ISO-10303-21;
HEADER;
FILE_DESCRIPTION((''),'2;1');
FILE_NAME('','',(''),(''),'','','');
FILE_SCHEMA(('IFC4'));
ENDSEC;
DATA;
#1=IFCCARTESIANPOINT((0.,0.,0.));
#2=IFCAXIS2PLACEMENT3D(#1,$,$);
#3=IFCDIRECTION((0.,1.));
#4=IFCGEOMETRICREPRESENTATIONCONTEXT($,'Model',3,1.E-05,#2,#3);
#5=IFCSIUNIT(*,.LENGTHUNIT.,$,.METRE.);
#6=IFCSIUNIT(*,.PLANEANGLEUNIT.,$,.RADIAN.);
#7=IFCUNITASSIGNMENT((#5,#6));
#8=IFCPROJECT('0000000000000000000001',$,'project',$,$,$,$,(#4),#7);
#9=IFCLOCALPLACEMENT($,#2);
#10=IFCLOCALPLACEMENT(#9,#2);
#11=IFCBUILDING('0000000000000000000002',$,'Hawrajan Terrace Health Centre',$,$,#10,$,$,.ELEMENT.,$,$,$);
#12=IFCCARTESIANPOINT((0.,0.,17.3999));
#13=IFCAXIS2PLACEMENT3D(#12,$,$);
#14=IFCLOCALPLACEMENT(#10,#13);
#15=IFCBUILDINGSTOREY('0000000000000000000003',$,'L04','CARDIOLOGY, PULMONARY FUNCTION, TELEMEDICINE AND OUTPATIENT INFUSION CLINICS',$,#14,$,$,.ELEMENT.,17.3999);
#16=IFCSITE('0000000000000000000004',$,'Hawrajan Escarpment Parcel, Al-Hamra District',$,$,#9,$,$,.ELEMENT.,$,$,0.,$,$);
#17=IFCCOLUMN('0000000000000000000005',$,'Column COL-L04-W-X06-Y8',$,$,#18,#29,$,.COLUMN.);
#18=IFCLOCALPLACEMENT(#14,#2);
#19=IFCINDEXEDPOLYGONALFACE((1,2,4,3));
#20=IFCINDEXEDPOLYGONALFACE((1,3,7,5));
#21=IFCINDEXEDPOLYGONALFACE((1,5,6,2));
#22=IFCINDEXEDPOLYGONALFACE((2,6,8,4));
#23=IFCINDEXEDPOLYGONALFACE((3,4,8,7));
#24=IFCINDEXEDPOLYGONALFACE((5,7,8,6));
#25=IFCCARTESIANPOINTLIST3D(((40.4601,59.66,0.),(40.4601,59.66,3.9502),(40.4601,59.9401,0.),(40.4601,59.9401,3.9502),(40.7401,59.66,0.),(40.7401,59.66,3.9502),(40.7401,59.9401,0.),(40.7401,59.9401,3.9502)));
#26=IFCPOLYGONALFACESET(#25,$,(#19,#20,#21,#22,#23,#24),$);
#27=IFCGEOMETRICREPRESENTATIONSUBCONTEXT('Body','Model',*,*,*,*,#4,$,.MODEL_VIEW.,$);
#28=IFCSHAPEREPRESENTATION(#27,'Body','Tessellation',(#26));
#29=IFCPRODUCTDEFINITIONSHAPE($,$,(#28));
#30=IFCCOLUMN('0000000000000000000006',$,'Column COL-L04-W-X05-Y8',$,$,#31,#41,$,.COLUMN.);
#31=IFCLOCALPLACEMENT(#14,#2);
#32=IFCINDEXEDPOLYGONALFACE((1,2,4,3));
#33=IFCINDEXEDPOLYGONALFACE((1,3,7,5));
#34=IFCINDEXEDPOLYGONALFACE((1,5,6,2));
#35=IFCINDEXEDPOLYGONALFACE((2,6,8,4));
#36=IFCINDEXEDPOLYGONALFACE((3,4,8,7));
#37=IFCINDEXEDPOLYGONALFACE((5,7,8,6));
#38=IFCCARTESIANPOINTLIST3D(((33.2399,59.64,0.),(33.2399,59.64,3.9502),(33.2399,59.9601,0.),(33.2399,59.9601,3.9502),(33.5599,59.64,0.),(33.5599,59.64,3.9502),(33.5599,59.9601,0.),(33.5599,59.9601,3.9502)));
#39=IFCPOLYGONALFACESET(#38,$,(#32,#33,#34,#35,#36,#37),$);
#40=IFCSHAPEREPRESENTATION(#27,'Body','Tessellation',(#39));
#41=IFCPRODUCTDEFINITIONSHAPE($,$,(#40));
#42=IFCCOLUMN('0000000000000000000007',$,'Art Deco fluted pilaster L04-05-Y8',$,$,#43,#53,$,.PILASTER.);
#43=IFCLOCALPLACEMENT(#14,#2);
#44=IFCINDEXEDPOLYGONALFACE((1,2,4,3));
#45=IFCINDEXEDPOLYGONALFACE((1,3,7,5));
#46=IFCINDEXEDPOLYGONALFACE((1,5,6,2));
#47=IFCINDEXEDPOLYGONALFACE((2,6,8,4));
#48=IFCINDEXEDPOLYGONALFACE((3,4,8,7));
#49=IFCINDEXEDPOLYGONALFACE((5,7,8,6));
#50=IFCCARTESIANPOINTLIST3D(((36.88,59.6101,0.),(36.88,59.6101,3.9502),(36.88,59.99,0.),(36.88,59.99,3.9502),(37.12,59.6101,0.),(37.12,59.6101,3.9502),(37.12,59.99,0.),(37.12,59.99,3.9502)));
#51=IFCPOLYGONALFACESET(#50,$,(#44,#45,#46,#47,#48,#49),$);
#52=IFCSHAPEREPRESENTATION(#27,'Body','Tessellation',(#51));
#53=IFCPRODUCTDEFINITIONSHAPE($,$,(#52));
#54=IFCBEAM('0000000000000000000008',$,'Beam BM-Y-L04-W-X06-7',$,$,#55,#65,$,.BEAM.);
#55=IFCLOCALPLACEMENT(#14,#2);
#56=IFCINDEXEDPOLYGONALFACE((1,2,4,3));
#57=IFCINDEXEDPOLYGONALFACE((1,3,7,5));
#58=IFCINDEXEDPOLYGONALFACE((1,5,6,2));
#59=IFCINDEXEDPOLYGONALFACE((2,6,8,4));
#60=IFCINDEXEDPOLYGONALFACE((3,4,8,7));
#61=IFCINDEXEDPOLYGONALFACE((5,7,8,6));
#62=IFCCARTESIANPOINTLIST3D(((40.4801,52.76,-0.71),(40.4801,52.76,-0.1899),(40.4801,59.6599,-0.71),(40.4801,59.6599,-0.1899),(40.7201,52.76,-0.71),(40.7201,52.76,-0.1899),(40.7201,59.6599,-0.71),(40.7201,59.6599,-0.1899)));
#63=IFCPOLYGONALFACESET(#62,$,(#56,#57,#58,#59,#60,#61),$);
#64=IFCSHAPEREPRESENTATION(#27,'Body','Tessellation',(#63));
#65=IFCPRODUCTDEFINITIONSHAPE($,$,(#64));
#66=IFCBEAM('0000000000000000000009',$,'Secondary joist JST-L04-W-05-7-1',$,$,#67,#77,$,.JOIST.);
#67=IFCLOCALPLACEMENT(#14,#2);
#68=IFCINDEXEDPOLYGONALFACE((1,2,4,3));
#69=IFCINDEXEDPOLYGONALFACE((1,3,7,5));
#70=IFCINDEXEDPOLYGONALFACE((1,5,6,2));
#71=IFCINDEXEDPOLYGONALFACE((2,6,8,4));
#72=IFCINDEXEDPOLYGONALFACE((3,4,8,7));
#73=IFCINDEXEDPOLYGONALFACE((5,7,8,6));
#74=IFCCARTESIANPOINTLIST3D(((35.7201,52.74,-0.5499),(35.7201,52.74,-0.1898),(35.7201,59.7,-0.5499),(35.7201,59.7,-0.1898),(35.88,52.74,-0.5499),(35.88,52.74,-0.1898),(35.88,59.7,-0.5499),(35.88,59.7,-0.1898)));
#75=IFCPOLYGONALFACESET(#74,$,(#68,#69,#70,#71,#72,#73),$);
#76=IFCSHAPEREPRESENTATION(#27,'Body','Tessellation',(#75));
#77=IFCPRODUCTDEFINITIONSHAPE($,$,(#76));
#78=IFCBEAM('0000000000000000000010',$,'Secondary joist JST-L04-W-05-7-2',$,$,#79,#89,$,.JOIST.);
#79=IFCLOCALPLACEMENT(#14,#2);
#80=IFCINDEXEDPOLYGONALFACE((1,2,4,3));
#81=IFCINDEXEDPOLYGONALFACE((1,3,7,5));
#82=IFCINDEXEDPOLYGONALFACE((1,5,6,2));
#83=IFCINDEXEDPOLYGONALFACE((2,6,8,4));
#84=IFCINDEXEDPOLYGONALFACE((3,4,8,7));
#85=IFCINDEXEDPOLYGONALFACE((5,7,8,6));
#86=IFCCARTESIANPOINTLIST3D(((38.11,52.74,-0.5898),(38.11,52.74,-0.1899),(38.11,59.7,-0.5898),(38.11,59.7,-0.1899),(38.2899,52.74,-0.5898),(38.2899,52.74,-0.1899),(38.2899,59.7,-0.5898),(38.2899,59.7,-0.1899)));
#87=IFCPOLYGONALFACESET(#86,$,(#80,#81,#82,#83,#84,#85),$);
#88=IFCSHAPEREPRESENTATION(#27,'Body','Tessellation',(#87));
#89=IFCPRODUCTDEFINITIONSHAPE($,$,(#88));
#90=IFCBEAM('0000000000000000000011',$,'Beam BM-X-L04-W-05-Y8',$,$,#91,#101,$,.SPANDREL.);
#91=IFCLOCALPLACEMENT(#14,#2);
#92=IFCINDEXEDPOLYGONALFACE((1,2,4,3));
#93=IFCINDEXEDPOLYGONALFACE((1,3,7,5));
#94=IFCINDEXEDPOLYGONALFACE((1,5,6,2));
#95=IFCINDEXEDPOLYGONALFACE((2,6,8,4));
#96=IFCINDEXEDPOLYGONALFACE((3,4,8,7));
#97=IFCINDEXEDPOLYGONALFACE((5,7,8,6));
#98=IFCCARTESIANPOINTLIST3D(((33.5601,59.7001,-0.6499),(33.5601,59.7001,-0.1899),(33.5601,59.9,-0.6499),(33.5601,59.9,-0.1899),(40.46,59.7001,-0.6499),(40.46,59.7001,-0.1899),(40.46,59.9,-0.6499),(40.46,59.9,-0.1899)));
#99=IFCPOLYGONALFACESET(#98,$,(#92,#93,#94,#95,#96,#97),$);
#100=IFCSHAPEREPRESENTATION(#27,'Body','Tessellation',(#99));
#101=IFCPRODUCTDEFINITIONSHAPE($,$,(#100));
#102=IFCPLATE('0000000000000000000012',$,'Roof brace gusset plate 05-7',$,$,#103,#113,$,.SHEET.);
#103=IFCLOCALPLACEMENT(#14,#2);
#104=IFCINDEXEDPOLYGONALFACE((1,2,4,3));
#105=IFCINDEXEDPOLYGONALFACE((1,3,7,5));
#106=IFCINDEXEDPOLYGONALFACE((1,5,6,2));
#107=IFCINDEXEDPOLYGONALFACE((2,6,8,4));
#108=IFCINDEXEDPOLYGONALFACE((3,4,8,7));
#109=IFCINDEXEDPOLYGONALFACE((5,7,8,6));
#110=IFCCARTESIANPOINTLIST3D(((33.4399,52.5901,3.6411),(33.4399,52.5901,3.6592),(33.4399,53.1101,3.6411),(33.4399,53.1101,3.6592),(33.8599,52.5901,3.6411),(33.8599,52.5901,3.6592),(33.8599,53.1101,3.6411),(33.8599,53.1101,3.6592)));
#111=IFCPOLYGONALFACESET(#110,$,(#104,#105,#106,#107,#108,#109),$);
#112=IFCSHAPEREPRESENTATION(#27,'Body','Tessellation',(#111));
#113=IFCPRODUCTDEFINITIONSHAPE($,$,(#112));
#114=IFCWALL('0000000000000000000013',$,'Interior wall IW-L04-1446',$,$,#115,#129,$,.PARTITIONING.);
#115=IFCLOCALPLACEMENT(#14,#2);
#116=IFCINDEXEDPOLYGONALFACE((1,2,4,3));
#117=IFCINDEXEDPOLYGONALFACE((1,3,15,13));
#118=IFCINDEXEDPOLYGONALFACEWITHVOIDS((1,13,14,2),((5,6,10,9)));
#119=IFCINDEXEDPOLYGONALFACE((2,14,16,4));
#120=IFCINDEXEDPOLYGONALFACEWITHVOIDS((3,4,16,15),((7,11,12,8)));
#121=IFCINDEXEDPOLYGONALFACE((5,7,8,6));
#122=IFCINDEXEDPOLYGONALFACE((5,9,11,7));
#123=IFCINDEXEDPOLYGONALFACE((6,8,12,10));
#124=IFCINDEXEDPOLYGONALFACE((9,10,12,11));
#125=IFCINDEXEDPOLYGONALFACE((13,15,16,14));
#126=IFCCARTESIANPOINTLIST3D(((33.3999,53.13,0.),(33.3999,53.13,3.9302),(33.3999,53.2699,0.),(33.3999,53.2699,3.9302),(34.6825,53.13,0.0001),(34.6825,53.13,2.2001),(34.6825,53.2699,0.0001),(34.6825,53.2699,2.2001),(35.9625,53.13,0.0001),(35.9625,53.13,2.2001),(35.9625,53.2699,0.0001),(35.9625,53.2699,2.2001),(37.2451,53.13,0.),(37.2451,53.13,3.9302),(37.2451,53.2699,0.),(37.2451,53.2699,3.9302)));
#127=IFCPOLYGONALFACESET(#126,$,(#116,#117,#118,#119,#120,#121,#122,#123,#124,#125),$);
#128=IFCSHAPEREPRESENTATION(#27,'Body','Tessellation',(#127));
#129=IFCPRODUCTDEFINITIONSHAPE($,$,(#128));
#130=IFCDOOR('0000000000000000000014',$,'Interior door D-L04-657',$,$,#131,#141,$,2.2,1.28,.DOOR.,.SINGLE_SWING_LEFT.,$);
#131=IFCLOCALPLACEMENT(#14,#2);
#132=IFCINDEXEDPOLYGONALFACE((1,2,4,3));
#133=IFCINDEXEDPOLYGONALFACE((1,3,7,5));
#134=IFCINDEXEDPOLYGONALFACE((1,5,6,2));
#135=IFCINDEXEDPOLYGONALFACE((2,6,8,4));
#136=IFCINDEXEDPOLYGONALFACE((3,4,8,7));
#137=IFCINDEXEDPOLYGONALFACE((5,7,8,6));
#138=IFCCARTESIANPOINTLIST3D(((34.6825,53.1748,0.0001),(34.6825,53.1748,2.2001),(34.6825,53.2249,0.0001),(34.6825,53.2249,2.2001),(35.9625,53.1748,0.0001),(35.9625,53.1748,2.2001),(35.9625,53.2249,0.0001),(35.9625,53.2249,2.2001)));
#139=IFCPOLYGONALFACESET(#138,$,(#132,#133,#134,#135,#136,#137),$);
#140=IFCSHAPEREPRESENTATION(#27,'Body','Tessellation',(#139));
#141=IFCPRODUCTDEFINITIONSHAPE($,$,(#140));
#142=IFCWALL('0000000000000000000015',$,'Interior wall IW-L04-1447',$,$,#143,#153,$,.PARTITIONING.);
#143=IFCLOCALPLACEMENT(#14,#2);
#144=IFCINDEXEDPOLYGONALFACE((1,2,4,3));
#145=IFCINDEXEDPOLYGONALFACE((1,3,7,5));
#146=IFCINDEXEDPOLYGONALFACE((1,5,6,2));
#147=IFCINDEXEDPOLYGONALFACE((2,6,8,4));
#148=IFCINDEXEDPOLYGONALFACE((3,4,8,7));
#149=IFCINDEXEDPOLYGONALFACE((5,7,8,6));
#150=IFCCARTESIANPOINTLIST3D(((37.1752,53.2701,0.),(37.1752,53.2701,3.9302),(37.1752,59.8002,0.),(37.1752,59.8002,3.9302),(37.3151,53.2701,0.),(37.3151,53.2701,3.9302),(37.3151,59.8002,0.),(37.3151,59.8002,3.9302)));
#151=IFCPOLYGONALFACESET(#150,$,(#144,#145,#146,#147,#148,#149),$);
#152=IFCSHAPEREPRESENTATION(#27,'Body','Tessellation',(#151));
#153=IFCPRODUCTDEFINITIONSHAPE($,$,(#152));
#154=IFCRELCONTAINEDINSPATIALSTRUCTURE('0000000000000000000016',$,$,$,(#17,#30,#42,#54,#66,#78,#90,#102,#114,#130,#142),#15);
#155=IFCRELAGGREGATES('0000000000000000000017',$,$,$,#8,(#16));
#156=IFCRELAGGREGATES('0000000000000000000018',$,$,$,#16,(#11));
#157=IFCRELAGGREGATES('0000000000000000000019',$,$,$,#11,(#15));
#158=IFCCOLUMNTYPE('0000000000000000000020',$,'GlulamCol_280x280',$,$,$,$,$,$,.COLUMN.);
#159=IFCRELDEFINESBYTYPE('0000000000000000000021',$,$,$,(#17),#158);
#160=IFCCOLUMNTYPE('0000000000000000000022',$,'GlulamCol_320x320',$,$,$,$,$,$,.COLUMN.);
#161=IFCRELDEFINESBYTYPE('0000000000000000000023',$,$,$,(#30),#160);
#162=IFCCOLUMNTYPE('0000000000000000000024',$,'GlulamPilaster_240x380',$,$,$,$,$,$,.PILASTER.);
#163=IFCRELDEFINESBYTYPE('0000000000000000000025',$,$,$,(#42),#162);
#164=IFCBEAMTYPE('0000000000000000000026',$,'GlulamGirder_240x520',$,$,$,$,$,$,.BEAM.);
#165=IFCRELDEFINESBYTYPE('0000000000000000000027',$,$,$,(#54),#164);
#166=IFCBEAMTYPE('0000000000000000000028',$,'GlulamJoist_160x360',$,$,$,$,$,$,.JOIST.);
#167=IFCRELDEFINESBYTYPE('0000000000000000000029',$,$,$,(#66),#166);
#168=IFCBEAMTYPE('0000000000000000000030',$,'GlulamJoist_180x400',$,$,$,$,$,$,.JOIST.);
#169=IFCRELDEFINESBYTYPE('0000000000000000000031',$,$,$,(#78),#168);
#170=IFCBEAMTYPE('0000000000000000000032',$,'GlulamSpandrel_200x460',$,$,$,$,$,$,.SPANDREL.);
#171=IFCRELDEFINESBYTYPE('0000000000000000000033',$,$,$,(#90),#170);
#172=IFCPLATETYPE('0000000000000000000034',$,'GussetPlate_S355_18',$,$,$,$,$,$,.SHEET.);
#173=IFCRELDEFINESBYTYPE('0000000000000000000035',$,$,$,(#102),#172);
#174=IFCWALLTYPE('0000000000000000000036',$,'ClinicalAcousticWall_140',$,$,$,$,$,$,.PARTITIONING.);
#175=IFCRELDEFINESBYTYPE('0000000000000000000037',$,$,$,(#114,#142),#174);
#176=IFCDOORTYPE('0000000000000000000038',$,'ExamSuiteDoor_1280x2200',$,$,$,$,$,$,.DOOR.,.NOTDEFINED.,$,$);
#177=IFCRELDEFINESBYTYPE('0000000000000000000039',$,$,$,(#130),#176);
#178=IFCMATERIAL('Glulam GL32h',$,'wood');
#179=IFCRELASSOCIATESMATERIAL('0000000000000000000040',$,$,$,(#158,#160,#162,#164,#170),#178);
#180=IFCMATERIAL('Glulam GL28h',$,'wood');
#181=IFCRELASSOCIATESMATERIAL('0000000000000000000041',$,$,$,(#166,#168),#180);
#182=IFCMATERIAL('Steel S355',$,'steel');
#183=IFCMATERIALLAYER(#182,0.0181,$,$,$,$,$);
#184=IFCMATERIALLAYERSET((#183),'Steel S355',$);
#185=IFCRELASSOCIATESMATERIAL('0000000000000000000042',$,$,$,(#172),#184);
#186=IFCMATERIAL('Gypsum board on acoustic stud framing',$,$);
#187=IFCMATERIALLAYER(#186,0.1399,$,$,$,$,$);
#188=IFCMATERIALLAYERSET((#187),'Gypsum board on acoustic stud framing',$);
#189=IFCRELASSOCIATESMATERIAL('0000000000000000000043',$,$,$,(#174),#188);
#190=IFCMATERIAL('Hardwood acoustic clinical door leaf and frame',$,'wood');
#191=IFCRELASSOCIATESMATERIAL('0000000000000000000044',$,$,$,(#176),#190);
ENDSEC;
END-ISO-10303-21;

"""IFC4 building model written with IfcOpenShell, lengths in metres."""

from ifc_helpers import new_model, si_unit, direction, frame, frame_2d, origin, origin_2d, place, context, subcontext, project, spatial, rectangle, extrude, material, layer, layer_set, material_profile, profile_set, type_object, element, fill, save


model = new_model("IFC4")

# Units and contexts
model_context = context("Model", 3, precision=1e-05, world=origin(), true_north=direction((0.0, 1.0)))
body_context = subcontext(model_context, "Body", "Model", "MODEL_VIEW")
ifc_project = project(units=[si_unit("LENGTHUNIT", "METRE"), si_unit("PLANEANGLEUNIT", "RADIAN")], contexts=[model_context])

# Site, building, storey
site_placement = place(None, origin())
site = spatial("IfcSite", under=ifc_project, at=site_placement, Name="Hawrajan Escarpment Parcel, Al-Hamra District", CompositionType="ELEMENT", RefElevation=0.0)
building_placement = place(site_placement, origin())
building = spatial("IfcBuilding", under=site, at=building_placement, Name="Hawrajan Terrace Health Centre", CompositionType="ELEMENT")
storey_placement = place(building_placement, frame((0.0, 0.0, 17.3999)))
storey = spatial("IfcBuildingStorey", under=building, at=storey_placement, Name="L04", Description="CARDIOLOGY, PULMONARY FUNCTION, TELEMEDICINE AND OUTPATIENT INFUSION CLINICS", CompositionType="ELEMENT", Elevation=17.3999)

# Columns
ifc_material_1 = material(Name="Glulam GL32h", Category="wood")
ifc_material_profile_1 = material_profile(ifc_material_1, rectangle(XDim=0.28, YDim=0.28, at=origin_2d()), Name="GL 280x280")
ifc_profile_set_1 = profile_set([ifc_material_profile_1], Name="Glulam GL32h")
column_type_1 = type_object("IfcColumnType", Name="GlulamCol_280x280", PredefinedType="COLUMN", material=ifc_profile_set_1)
column_1_placement = place(storey_placement, frame((40.6001, 59.8, 0.0), z_axis=(0.0, 0.0, 1.0), x_axis=(1.0, 0.0, 0.0)))
element("IfcColumn", 1, at=column_1_placement, inside=storey, type_object=column_type_1, Name="Column COL-L04-W-X06-Y8", PredefinedType="COLUMN", context=body_context, shape_type="SweptSolid", body=[
    extrude(rectangle(XDim=0.28, YDim=0.28, at=origin_2d()), origin(), (0.0, 0.0, 1.0), 3.9502),
])
ifc_material_profile_2 = material_profile(ifc_material_1, rectangle(XDim=0.3201, YDim=0.3201, at=origin_2d()), Name="GL 320x320")
ifc_profile_set_2 = profile_set([ifc_material_profile_2], Name="Glulam GL32h")
column_type_2 = type_object("IfcColumnType", Name="GlulamCol_320x320", PredefinedType="COLUMN", material=ifc_profile_set_2)
column_2_placement = place(storey_placement, frame((33.3999, 59.8, 0.0), z_axis=(0.0, 0.0, 1.0), x_axis=(1.0, 0.0, 0.0)))
element("IfcColumn", 2, at=column_2_placement, inside=storey, type_object=column_type_2, Name="Column COL-L04-W-X05-Y8", PredefinedType="COLUMN", context=body_context, shape_type="SweptSolid", body=[
    extrude(rectangle(XDim=0.3201, YDim=0.3201, at=origin_2d()), origin(), (0.0, 0.0, 1.0), 3.9502),
])
ifc_material_profile_3 = material_profile(ifc_material_1, rectangle(XDim=0.24, YDim=0.3799, at=origin_2d()), Name="GL PIL 240x380")
ifc_profile_set_3 = profile_set([ifc_material_profile_3], Name="Glulam GL32h")
column_type_3 = type_object("IfcColumnType", Name="GlulamPilaster_240x380", PredefinedType="PILASTER", material=ifc_profile_set_3)
column_3_placement = place(storey_placement, frame((37.0, 59.8, 0.0), z_axis=(0.0, 0.0, 1.0), x_axis=(1.0, 0.0, 0.0)))
element("IfcColumn", 3, at=column_3_placement, inside=storey, type_object=column_type_3, Name="Art Deco fluted pilaster L04-05-Y8", PredefinedType="PILASTER", context=body_context, shape_type="SweptSolid", body=[
    extrude(rectangle(XDim=0.24, YDim=0.3799, at=origin_2d()), origin(), (0.0, 0.0, 1.0), 3.9502),
])

# Beams
ifc_material_profile_4 = material_profile(ifc_material_1, rectangle(XDim=0.24, YDim=0.52, at=origin_2d()), Name="GL BM 240x520")
ifc_profile_set_4 = profile_set([ifc_material_profile_4], Name="Glulam GL32h")
beam_type_1 = type_object("IfcBeamType", Name="GlulamGirder_240x520", PredefinedType="BEAM", material=ifc_profile_set_4)
beam_1_placement = place(storey_placement, frame((40.6001, 52.76, -0.45), z_axis=(0.0, 1.0, 0.0), x_axis=(-1.0, 0.0, 0.0)))
element("IfcBeam", 4, at=beam_1_placement, inside=storey, type_object=beam_type_1, Name="Beam BM-Y-L04-W-X06-7", PredefinedType="BEAM", context=body_context, shape_type="SweptSolid", body=[
    extrude(rectangle(XDim=0.24, YDim=0.52, at=origin_2d()), origin(), (0.0, 0.0, 1.0), 6.8999),
])
ifc_material_2 = material(Name="Glulam GL28h", Category="wood")
ifc_material_profile_5 = material_profile(ifc_material_2, rectangle(XDim=0.1599, YDim=0.3601, at=origin_2d()), Name="GL JST 160x360")
ifc_profile_set_5 = profile_set([ifc_material_profile_5], Name="Glulam GL28h")
beam_type_2 = type_object("IfcBeamType", Name="GlulamJoist_160x360", PredefinedType="JOIST", material=ifc_profile_set_5)
beam_2_placement = place(storey_placement, frame((35.8, 52.74, -0.3699), z_axis=(0.0, 1.0, 0.0), x_axis=(-1.0, 0.0, 0.0)))
element("IfcBeam", 5, at=beam_2_placement, inside=storey, type_object=beam_type_2, Name="Secondary joist JST-L04-W-05-7-1", PredefinedType="JOIST", context=body_context, shape_type="SweptSolid", body=[
    extrude(rectangle(XDim=0.1599, YDim=0.3601, at=origin_2d()), origin(), (0.0, 0.0, 1.0), 6.96),
])
ifc_material_profile_6 = material_profile(ifc_material_2, rectangle(XDim=0.1799, YDim=0.3999, at=origin_2d()), Name="GL JST 180x400")
ifc_profile_set_6 = profile_set([ifc_material_profile_6], Name="Glulam GL28h")
beam_type_3 = type_object("IfcBeamType", Name="GlulamJoist_180x400", PredefinedType="JOIST", material=ifc_profile_set_6)
beam_3_placement = place(storey_placement, frame((38.2, 52.74, -0.3899), z_axis=(0.0, 1.0, 0.0), x_axis=(-1.0, 0.0, 0.0)))
element("IfcBeam", 6, at=beam_3_placement, inside=storey, type_object=beam_type_3, Name="Secondary joist JST-L04-W-05-7-2", PredefinedType="JOIST", context=body_context, shape_type="SweptSolid", body=[
    extrude(rectangle(XDim=0.1799, YDim=0.3999, at=origin_2d()), origin(), (0.0, 0.0, 1.0), 6.96),
])
ifc_material_profile_7 = material_profile(ifc_material_1, rectangle(XDim=0.2, YDim=0.46, at=origin_2d()), Name="GL SP 200x460")
ifc_profile_set_7 = profile_set([ifc_material_profile_7], Name="Glulam GL32h")
beam_type_4 = type_object("IfcBeamType", Name="GlulamSpandrel_200x460", PredefinedType="SPANDREL", material=ifc_profile_set_7)
beam_4_placement = place(storey_placement, frame((33.5601, 59.8, -0.4199), z_axis=(1.0, 0.0, 0.0), x_axis=(0.0, 1.0, 0.0)))
element("IfcBeam", 7, at=beam_4_placement, inside=storey, type_object=beam_type_4, Name="Beam BM-X-L04-W-05-Y8", PredefinedType="SPANDREL", context=body_context, shape_type="SweptSolid", body=[
    extrude(rectangle(XDim=0.2, YDim=0.46, at=origin_2d()), origin(), (0.0, 0.0, 1.0), 6.8999),
])

# Plate
ifc_material_3 = material(Name="Steel S355", Category="steel")
ifc_layer_1 = layer(ifc_material_3, 0.0181)
ifc_layer_set_1 = layer_set([ifc_layer_1], Name="Steel S355")
plate_type = type_object("IfcPlateType", Name="GussetPlate_S355_18", PredefinedType="SHEET", material=ifc_layer_set_1)
plate_placement = place(storey_placement, frame((33.6499, 52.8501, 3.6411), z_axis=(0.0, 0.0, 1.0), x_axis=(1.0, 0.0, 0.0)))
element("IfcPlate", 8, at=plate_placement, inside=storey, type_object=plate_type, Name="Roof brace gusset plate 05-7", PredefinedType="SHEET", context=body_context, shape_type="SweptSolid", body=[
    extrude(rectangle(XDim=0.4199, YDim=0.52, at=origin_2d()), origin(), (0.0, 0.0, 1.0), 0.0181),
])

# Wall, opening, door
ifc_material_4 = material(Name="Gypsum board on acoustic stud framing")
ifc_layer_2 = layer(ifc_material_4, 0.1399)
ifc_layer_set_2 = layer_set([ifc_layer_2], Name="Gypsum board on acoustic stud framing")
wall_type_1 = type_object("IfcWallType", Name="ClinicalAcousticWall_140", PredefinedType="PARTITIONING", material=ifc_layer_set_2)
wall_1_placement = place(storey_placement, frame((33.3999, 53.2, 0.0), z_axis=(0.0, 0.0, 1.0), x_axis=(1.0, 0.0, 0.0)))
wall_1 = element("IfcWall", 9, at=wall_1_placement, inside=storey, type_object=wall_type_1, Name="Interior wall IW-L04-1446", PredefinedType="PARTITIONING", context=body_context, shape_type="SweptSolid", body=[
    extrude(rectangle(XDim=3.8452, YDim=0.1399, at=frame_2d((1.9226, 0.0))), origin(), (0.0, 0.0, 1.0), 3.9302),
])
opening_1_placement = place(wall_1_placement, frame((1.2825, 0.0, 0.0)))
opening_1 = element("IfcOpeningElement", 10, at=opening_1_placement, cuts=wall_1, PredefinedType="OPENING", context=body_context, shape_type="SweptSolid", body=[
    extrude(rectangle(XDim=1.28, YDim=2.2, at=frame_2d((0.6401, 1.1001))), frame((0.0, 0.0798, 0.0), z_axis=(0.0, -1.0, 0.0), x_axis=(1.0, 0.0, 0.0)), (0.0, 0.0, 1.0), 0.1599),
])
ifc_material_5 = material(Name="Hardwood acoustic clinical door leaf and frame", Category="wood")
door_type_1 = type_object("IfcDoorType", Name="ExamSuiteDoor_1280x2200", OperationType="NOTDEFINED", PredefinedType="DOOR", material=ifc_material_5)
door_1_placement = place(opening_1_placement, origin())
door_1 = element("IfcDoor", 11, at=door_1_placement, inside=storey, type_object=door_type_1, Name="Interior door D-L04-657", OperationType="SINGLE_SWING_LEFT", OverallHeight=2.2, OverallWidth=1.28, PredefinedType="DOOR", context=body_context, shape_type="SweptSolid", body=[
    extrude(rectangle(XDim=1.28, YDim=2.2, at=frame_2d((0.6401, 1.1001))), frame((0.0, 0.0249, 0.0), z_axis=(0.0, -1.0, 0.0), x_axis=(1.0, 0.0, 0.0)), (0.0, 0.0, 1.0), 0.05),
])
fill(opening_1, door_1)

# Wall
wall_2_placement = place(storey_placement, frame((37.2451, 53.27, 0.0), z_axis=(0.0, 0.0, 1.0), x_axis=(0.0, 1.0, 0.0)))
element("IfcWall", 12, at=wall_2_placement, inside=storey, type_object=wall_type_1, Name="Interior wall IW-L04-1447", PredefinedType="PARTITIONING", context=body_context, shape_type="SweptSolid", body=[
    extrude(rectangle(XDim=6.53, YDim=0.1399, at=frame_2d((3.2651, 0.0))), origin(), (0.0, 0.0, 1.0), 3.9302),
])

save(model, "model.ifc")
